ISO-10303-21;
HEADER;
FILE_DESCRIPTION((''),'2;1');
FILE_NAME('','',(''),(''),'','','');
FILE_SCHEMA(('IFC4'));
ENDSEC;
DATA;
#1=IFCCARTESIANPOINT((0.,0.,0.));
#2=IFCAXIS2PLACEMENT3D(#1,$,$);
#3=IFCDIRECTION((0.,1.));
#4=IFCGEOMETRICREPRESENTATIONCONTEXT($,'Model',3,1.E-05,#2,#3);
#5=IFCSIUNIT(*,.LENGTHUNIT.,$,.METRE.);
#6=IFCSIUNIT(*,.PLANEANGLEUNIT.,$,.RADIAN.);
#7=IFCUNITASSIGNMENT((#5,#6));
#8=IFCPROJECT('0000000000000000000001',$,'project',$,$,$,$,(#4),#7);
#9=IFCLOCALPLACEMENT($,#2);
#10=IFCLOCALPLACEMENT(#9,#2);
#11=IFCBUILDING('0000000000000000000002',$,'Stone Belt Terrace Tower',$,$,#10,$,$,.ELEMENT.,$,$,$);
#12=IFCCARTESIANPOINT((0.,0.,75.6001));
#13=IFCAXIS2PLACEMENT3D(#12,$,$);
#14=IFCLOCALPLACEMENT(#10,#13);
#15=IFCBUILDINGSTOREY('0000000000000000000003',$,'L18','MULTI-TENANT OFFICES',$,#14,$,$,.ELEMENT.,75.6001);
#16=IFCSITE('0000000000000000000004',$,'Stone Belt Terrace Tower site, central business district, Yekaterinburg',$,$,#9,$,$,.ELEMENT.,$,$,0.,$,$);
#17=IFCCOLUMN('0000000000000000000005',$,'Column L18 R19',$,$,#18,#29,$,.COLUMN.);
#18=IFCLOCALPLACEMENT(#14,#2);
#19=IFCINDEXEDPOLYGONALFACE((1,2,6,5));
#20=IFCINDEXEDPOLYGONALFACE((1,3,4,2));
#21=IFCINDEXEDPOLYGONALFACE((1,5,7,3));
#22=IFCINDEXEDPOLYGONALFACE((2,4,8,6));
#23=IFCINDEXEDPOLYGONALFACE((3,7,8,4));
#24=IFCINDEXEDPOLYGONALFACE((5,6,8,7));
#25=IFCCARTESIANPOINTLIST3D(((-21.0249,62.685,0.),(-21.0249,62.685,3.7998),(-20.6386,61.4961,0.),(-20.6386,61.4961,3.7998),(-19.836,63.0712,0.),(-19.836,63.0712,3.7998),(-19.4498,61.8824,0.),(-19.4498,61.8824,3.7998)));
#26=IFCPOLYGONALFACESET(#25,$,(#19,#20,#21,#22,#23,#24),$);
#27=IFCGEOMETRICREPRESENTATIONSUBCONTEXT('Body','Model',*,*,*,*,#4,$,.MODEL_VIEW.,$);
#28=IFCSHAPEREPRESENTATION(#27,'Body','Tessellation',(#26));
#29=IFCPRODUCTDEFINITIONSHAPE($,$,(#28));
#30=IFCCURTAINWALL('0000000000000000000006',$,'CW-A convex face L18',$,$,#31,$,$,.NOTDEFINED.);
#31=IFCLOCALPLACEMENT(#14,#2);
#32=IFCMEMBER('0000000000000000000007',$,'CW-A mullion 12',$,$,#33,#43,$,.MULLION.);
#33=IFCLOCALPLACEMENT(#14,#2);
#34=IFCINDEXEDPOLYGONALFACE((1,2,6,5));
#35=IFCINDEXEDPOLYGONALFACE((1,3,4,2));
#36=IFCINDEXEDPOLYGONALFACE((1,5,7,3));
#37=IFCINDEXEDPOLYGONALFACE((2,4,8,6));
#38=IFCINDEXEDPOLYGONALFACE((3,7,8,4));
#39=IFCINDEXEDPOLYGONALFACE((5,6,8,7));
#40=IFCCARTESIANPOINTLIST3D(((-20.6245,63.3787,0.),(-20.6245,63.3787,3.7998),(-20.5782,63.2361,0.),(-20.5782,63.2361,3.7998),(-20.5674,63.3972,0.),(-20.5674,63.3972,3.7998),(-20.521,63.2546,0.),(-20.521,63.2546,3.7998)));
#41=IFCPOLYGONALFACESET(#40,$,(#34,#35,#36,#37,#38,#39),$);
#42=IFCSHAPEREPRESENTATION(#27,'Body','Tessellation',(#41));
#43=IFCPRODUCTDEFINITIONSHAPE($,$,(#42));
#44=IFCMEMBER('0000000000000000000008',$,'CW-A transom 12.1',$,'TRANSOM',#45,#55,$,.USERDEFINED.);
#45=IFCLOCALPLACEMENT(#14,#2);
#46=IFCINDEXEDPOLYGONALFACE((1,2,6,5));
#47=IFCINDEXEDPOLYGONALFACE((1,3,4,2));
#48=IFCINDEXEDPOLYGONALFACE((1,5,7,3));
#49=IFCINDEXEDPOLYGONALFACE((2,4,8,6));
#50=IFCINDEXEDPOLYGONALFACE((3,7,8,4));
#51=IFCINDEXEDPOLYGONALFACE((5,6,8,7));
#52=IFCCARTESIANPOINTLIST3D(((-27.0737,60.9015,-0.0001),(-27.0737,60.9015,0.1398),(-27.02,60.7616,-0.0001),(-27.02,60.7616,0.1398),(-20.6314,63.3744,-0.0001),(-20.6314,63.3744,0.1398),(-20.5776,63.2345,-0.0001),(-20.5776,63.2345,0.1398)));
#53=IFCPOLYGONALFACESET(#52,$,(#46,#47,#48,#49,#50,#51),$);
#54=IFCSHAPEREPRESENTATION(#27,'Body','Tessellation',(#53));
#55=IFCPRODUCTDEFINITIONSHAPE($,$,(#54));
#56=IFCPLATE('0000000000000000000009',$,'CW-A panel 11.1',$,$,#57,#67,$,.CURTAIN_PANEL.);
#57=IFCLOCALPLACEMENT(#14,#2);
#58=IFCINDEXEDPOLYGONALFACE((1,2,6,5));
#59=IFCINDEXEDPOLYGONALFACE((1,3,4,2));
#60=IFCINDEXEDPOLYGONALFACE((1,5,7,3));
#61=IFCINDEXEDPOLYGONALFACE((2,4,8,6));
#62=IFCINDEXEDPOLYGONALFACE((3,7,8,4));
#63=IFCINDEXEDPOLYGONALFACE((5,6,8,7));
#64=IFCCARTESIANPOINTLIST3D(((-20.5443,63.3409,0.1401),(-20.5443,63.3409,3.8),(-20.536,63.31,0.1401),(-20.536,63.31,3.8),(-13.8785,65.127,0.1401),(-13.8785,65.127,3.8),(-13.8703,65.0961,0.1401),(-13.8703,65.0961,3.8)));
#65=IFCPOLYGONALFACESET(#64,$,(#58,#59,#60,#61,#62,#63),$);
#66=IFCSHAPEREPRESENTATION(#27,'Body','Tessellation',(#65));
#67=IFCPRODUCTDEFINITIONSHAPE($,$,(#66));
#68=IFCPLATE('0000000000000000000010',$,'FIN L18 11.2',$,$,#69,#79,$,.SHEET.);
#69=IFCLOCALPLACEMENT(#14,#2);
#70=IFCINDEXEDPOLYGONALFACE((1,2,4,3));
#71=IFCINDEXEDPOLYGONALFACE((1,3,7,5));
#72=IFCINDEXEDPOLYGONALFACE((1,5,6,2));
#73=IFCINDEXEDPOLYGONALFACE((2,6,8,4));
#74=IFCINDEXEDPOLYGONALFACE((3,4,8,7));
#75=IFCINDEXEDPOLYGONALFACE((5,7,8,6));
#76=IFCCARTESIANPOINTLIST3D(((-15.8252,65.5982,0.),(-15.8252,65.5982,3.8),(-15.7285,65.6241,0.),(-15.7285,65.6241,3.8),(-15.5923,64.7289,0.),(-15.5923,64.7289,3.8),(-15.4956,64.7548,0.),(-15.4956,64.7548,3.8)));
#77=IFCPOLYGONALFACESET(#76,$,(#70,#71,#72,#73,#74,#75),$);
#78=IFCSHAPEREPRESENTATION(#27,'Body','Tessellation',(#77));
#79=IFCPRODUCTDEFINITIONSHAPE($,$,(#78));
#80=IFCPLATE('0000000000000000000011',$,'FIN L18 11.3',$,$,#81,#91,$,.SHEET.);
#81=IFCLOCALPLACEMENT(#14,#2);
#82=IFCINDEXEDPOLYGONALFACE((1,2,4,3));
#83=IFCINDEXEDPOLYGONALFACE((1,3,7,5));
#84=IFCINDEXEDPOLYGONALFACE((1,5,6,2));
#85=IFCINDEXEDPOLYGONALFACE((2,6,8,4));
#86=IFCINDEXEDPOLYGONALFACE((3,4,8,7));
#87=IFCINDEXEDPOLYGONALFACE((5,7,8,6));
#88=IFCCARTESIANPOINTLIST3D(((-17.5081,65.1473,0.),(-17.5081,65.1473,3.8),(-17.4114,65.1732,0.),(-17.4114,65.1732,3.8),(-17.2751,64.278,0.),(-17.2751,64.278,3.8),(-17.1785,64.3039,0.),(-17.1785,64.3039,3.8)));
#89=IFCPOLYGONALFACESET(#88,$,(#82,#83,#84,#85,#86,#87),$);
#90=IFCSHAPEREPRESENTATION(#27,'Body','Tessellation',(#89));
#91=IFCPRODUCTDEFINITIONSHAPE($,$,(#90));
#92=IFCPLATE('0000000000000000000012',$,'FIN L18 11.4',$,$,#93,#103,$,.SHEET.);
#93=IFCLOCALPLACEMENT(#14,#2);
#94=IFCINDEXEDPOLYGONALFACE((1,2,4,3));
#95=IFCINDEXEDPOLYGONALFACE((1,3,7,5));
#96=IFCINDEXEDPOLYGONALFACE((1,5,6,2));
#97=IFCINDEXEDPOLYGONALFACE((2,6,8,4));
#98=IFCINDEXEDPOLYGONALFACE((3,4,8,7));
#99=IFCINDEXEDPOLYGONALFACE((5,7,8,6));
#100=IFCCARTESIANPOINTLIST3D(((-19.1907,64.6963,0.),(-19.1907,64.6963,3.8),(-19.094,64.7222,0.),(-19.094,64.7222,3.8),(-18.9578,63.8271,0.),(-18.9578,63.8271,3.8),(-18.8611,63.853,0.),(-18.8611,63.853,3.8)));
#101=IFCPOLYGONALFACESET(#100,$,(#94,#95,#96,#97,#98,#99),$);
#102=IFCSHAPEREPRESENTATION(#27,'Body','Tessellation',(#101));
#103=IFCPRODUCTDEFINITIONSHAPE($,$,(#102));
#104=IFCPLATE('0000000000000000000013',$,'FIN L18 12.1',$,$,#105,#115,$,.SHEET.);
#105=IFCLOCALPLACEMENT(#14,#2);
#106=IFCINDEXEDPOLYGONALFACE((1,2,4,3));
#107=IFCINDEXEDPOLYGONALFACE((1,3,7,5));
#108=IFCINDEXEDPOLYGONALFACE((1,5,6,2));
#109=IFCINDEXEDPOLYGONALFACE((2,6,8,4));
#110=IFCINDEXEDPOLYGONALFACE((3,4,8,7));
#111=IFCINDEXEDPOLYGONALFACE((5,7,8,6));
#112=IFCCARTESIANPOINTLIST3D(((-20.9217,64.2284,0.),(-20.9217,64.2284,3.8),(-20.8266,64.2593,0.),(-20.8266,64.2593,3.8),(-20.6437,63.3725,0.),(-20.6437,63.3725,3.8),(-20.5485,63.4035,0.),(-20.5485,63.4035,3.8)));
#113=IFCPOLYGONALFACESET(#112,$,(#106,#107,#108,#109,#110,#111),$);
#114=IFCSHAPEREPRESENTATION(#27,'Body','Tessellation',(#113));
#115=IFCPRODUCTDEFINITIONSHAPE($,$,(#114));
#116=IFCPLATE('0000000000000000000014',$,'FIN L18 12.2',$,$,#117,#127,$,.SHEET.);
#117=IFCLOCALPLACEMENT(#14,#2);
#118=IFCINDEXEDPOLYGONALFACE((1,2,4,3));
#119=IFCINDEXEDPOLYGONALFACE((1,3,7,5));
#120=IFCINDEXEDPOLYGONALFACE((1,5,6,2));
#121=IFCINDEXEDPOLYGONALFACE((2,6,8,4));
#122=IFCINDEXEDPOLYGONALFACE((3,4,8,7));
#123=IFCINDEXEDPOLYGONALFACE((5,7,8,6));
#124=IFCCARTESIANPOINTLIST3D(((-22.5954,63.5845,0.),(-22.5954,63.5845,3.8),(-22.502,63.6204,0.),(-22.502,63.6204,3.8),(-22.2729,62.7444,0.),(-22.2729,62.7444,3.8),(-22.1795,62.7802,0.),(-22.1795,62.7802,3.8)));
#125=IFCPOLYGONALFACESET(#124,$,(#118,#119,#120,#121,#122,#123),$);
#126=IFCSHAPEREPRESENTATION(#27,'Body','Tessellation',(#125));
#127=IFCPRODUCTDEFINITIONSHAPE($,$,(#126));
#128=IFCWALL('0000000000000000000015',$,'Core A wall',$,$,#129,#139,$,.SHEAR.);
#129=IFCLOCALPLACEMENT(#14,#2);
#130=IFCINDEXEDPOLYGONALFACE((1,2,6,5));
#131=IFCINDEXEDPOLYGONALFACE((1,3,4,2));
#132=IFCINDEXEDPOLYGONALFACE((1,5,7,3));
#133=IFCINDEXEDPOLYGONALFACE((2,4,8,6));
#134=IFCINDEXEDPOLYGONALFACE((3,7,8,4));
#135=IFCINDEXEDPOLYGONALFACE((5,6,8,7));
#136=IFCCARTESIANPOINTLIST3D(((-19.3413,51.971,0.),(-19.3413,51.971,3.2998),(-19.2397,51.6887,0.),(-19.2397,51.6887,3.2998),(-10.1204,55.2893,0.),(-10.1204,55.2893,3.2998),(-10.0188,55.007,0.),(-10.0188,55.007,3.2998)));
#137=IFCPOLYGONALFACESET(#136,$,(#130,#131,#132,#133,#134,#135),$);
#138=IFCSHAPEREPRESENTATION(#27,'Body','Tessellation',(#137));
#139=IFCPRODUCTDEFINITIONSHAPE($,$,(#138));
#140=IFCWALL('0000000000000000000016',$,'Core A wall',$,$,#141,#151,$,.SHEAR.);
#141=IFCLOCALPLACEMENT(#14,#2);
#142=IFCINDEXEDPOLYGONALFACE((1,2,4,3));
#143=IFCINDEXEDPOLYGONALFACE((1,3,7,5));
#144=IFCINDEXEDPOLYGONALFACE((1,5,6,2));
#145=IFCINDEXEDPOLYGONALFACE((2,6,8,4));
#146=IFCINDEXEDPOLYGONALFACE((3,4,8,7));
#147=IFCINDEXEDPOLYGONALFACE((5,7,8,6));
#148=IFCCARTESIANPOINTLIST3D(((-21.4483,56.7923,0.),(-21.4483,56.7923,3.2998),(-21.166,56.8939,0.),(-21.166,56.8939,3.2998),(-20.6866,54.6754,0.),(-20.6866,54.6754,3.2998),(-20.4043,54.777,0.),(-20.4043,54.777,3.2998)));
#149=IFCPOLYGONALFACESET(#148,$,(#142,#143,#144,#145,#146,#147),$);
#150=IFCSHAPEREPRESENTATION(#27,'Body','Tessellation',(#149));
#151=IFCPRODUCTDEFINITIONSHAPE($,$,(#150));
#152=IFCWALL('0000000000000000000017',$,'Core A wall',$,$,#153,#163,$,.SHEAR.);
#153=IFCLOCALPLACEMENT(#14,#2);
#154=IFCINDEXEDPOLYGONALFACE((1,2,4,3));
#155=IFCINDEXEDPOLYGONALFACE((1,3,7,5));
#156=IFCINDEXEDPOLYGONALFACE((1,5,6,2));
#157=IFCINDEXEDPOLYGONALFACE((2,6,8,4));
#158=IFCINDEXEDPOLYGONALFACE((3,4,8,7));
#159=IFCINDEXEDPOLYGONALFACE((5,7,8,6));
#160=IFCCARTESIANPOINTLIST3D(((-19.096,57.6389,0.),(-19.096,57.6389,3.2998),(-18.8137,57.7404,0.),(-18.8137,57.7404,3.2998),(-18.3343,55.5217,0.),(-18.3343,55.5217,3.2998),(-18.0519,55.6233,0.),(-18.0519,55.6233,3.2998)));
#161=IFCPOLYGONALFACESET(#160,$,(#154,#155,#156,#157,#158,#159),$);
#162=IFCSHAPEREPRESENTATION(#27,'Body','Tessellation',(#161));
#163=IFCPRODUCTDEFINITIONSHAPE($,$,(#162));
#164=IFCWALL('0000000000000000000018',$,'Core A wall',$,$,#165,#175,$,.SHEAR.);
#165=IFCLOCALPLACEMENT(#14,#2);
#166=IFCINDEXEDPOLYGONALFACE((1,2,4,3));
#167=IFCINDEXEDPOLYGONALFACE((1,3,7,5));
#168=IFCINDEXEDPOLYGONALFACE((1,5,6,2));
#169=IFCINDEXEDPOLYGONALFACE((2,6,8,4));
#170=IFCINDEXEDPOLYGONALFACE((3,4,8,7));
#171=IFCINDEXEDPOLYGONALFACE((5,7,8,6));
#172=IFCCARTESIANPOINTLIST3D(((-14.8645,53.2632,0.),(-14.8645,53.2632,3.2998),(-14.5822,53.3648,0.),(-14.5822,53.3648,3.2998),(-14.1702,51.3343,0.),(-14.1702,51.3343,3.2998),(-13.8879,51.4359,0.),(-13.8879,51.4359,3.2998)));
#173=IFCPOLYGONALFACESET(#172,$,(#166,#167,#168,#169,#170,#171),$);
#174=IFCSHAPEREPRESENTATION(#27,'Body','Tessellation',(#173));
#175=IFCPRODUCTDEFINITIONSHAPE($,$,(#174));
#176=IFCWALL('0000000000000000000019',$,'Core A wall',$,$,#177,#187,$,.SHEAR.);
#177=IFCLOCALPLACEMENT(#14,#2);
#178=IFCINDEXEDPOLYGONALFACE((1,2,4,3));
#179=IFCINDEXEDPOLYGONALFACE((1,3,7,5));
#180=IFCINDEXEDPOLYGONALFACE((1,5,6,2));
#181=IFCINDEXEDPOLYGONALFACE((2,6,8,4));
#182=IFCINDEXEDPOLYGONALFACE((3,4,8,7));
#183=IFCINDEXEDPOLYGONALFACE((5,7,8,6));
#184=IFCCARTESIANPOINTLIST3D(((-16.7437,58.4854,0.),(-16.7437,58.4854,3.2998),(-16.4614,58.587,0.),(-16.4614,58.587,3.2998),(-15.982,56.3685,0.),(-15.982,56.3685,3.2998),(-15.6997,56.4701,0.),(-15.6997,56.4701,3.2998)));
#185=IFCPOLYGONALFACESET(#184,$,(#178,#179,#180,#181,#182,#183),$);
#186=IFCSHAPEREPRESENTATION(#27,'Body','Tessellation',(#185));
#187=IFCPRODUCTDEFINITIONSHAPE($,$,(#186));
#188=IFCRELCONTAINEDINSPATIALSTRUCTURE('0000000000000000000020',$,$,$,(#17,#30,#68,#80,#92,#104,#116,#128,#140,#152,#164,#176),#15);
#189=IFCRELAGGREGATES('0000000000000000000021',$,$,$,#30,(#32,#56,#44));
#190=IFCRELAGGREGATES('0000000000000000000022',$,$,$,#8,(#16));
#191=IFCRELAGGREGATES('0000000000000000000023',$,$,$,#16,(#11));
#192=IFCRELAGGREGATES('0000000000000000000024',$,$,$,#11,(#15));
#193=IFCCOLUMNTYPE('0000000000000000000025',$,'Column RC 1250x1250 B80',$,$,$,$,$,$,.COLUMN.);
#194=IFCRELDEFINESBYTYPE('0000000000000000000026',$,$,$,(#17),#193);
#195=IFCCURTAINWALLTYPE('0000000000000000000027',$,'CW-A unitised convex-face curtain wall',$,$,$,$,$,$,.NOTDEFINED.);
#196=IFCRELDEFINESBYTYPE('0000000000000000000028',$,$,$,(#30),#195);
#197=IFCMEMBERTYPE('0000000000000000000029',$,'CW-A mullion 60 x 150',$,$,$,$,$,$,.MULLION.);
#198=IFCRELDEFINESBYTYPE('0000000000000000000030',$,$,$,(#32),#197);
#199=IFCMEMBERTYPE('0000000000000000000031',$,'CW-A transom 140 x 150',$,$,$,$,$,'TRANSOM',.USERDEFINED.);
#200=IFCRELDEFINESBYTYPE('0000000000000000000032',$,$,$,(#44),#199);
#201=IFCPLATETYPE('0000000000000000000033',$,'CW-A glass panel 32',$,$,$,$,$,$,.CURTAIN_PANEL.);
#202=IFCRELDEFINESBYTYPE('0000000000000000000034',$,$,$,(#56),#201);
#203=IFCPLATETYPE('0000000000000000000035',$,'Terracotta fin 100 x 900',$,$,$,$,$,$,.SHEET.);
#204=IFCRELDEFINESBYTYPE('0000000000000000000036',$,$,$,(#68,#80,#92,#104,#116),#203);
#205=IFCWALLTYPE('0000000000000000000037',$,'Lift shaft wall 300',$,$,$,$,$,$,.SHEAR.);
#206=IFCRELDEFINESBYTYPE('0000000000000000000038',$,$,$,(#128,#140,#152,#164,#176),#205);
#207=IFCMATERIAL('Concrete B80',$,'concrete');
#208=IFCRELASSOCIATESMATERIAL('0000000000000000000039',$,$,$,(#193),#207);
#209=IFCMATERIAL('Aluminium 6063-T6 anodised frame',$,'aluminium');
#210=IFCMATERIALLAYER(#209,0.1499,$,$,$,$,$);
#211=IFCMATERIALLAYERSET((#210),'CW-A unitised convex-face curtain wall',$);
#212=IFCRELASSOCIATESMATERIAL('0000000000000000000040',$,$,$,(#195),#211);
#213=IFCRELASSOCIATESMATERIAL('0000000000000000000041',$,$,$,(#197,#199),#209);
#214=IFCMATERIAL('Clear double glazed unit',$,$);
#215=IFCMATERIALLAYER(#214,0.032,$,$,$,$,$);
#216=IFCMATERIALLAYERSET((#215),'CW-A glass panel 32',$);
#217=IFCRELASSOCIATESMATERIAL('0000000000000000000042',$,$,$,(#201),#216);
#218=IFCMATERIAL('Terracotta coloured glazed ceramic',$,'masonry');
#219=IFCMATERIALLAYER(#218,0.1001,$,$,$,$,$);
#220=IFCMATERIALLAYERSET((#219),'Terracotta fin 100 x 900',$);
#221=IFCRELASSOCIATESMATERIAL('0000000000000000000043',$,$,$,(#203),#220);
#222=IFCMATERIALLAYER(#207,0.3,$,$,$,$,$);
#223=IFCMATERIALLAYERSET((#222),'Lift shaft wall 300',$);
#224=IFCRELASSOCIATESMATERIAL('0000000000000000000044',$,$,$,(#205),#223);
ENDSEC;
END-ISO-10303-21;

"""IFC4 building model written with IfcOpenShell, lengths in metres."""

from ifc_helpers import new_model, si_unit, direction, frame, frame_2d, origin, origin_2d, place, context, subcontext, project, spatial, rectangle, extrude, material, layer, layer_set, material_profile, profile_set, type_object, element, aggregate, save


model = new_model("IFC4")

# Units and contexts
model_context = context("Model", 3, precision=1e-05, world=origin(), true_north=direction((0.0, 1.0)))
body_context = subcontext(model_context, "Body", "Model", "MODEL_VIEW")
ifc_project = project(units=[si_unit("LENGTHUNIT", "METRE"), si_unit("PLANEANGLEUNIT", "RADIAN")], contexts=[model_context])

# Site, building, storey
site_placement = place(None, origin())
site = spatial("IfcSite", under=ifc_project, at=site_placement, Name="Stone Belt Terrace Tower site, central business district, Yekaterinburg", CompositionType="ELEMENT", RefElevation=0.0)
building_placement = place(site_placement, origin())
building = spatial("IfcBuilding", under=site, at=building_placement, Name="Stone Belt Terrace Tower", CompositionType="ELEMENT")
storey_placement = place(building_placement, frame((0.0, 0.0, 75.6001)))
storey = spatial("IfcBuildingStorey", under=building, at=storey_placement, Name="L18", Description="MULTI-TENANT OFFICES", CompositionType="ELEMENT", Elevation=75.6001)

# Column
ifc_material_1 = material(Name="Concrete B80", Category="concrete")
ifc_material_profile_1 = material_profile(ifc_material_1, rectangle(XDim=1.25, YDim=1.25, at=origin_2d()), Name="RC 1250x1250")
ifc_profile_set_1 = profile_set([ifc_material_profile_1], Name="Concrete B80")
column_type = type_object("IfcColumnType", Name="Column RC 1250x1250 B80", PredefinedType="COLUMN", material=ifc_profile_set_1)
column_placement = place(storey_placement, frame((-20.2373, 62.2837, 0.0), z_axis=(0.0, 0.0, 1.0), x_axis=(0.951057, 0.309017, 0.0)))
element("IfcColumn", 1, at=column_placement, inside=storey, type_object=column_type, Name="Column L18 R19", PredefinedType="COLUMN", context=body_context, shape_type="SweptSolid", body=[
    extrude(rectangle(XDim=1.25, YDim=1.25, at=origin_2d()), origin(), (0.0, 0.0, 1.0), 3.7998),
])

# Curtain wall, members, plate
ifc_material_2 = material(Name="Aluminium 6063-T6 anodised frame", Category="aluminium")
ifc_layer_1 = layer(ifc_material_2, 0.1499)
ifc_layer_set_1 = layer_set([ifc_layer_1], Name="CW-A unitised convex-face curtain wall")
curtain_wall_type = type_object("IfcCurtainWallType", Name="CW-A unitised convex-face curtain wall", PredefinedType="NOTDEFINED", material=ifc_layer_set_1)
curtain_wall_placement = place(storey_placement, origin())
curtain_wall = element("IfcCurtainWall", 2, at=curtain_wall_placement, inside=storey, type_object=curtain_wall_type, Name="CW-A convex face L18", PredefinedType="NOTDEFINED")
ifc_material_profile_2 = material_profile(ifc_material_2, rectangle(XDim=0.1499, YDim=0.0601, at=origin_2d()), Name="Aluminium 6063-T6 60x150")
ifc_profile_set_2 = profile_set([ifc_material_profile_2], Name="Aluminium 6063-T6 anodised frame")
member_type_1 = type_object("IfcMemberType", Name="CW-A mullion 60 x 150", PredefinedType="MULLION", material=ifc_profile_set_2)
member_1_placement = place(storey_placement, frame((-20.5728, 63.3167, 0.0), z_axis=(0.0, 0.0, 1.0), x_axis=(0.309017, -0.951057, 0.0)))
member_1 = element("IfcMember", 3, at=member_1_placement, type_object=member_type_1, Name="CW-A mullion 12", PredefinedType="MULLION", context=body_context, shape_type="SweptSolid", body=[
    extrude(rectangle(XDim=0.1499, YDim=0.0601, at=origin_2d()), origin(), (0.0, 0.0, 1.0), 3.7998),
])
ifc_material_profile_3 = material_profile(ifc_material_2, rectangle(XDim=0.1499, YDim=0.1399, at=origin_2d()), Name="Aluminium 6063-T6 150x140")
ifc_profile_set_3 = profile_set([ifc_material_profile_3], Name="Aluminium 6063-T6 anodised frame")
member_type_2 = type_object("IfcMemberType", Name="CW-A transom 140 x 150", ElementType="TRANSOM", PredefinedType="USERDEFINED", material=ifc_profile_set_3)
member_2_placement = place(storey_placement, frame((-20.6045, 63.3044, 0.0698), z_axis=(-0.933585, -0.358355, 0.0), x_axis=(0.358355, -0.933585, 0.0)))
member_2 = element("IfcMember", 4, at=member_2_placement, type_object=member_type_2, Name="CW-A transom 12.1", ObjectType="TRANSOM", PredefinedType="USERDEFINED", context=body_context, shape_type="SweptSolid", body=[
    extrude(rectangle(XDim=0.1499, YDim=0.1399, at=origin_2d()), origin(), (0.0, 0.0, 1.0), 6.9006),
])
ifc_material_3 = material(Name="Clear double glazed unit")
ifc_layer_2 = layer(ifc_material_3, 0.032)
ifc_layer_set_2 = layer_set([ifc_layer_2], Name="CW-A glass panel 32")
plate_type_1 = type_object("IfcPlateType", Name="CW-A glass panel 32", PredefinedType="CURTAIN_PANEL", material=ifc_layer_set_2)
plate_placement = place(storey_placement, frame((-17.2073, 64.2185, 0.1401), z_axis=(0.0, 0.0, 1.0), x_axis=(-0.965926, -0.258819, 0.0)))
plate = element("IfcPlate", 5, at=plate_placement, type_object=plate_type_1, Name="CW-A panel 11.1", PredefinedType="CURTAIN_PANEL", context=body_context, shape_type="SweptSolid", body=[
    extrude(rectangle(XDim=6.9009, YDim=0.032, at=origin_2d()), origin(), (0.0, 0.0, 1.0), 3.6599),
])
aggregate(curtain_wall, [member_1, plate, member_2])

# Plates
ifc_material_4 = material(Name="Terracotta coloured glazed ceramic", Category="masonry")
ifc_layer_3 = layer(ifc_material_4, 0.1001)
ifc_layer_set_3 = layer_set([ifc_layer_3], Name="Terracotta fin 100 x 900")
plate_type_2 = type_object("IfcPlateType", Name="Terracotta fin 100 x 900", PredefinedType="SHEET", material=ifc_layer_set_3)
for number, where, z_axis, x_axis, name in (
    (6, (-15.6604, 65.1765, 0.0), (0.0, 0.0, 1.0), (-0.258819, 0.965926, 0.0), "FIN L18 11.2"),
    (7, (-17.3433, 64.7256, 0.0), (0.0, 0.0, 1.0), (-0.258819, 0.965926, 0.0), "FIN L18 11.3"),
    (8, (-19.0259, 64.2747, 0.0), (0.0, 0.0, 1.0), (-0.258819, 0.965926, 0.0), "FIN L18 11.4"),
    (9, (-20.7351, 63.8159, 0.0), (0.0, 0.0, 1.0), (-0.309017, 0.951057, 0.0), "FIN L18 12.1"),
    (10, (-22.3875, 63.1824, 0.0), (0.0, 0.0, 1.0), (-0.358368, 0.93358, 0.0), "FIN L18 12.2"),
):
    element("IfcPlate", number, at=place(storey_placement, frame(where, z_axis=z_axis, x_axis=x_axis)), inside=storey, type_object=plate_type_2, Name=name, PredefinedType="SHEET", context=body_context, shape_type="SweptSolid", body=[
        extrude(rectangle(XDim=0.8999, YDim=0.1001, at=origin_2d()), origin(), (0.0, 0.0, 1.0), 3.8),
    ])

# Walls
ifc_layer_4 = layer(ifc_material_1, 0.3)
ifc_layer_set_4 = layer_set([ifc_layer_4], Name="Lift shaft wall 300")
wall_type = type_object("IfcWallType", Name="Lift shaft wall 300", PredefinedType="SHEAR", material=ifc_layer_set_4)
wall_1_placement = place(storey_placement, frame((-19.2905, 51.8298, 0.0), z_axis=(0.0, 0.0, 1.0), x_axis=(0.940926, 0.338613, 0.0)))
element("IfcWall", 11, at=wall_1_placement, inside=storey, type_object=wall_type, Name="Core A wall", PredefinedType="SHEAR", context=body_context, shape_type="SweptSolid", body=[
    extrude(rectangle(XDim=9.7998, YDim=0.3, at=frame_2d((4.8999, 0.0))), origin(), (0.0, 0.0, 1.0), 3.2998),
])
wall_2_placement = place(storey_placement, frame((-20.5454, 54.7261, 0.0), z_axis=(0.0, 0.0, 1.0), x_axis=(-0.33857, 0.940941, 0.0)))
element("IfcWall", 12, at=wall_2_placement, inside=storey, type_object=wall_type, Name="Core A wall", PredefinedType="SHEAR", context=body_context, shape_type="SweptSolid", body=[
    extrude(rectangle(XDim=2.2498, YDim=0.3, at=frame_2d((1.125, 0.0))), origin(), (0.0, 0.0, 1.0), 3.2998),
])
wall_3_placement = place(storey_placement, frame((-18.1931, 55.5725, 0.0), z_axis=(0.0, 0.0, 1.0), x_axis=(-0.338535, 0.940954, 0.0)))
element("IfcWall", 13, at=wall_3_placement, inside=storey, type_object=wall_type, Name="Core A wall", PredefinedType="SHEAR", context=body_context, shape_type="SweptSolid", body=[
    extrude(rectangle(XDim=2.25, YDim=0.3, at=frame_2d((1.125, 0.0))), origin(), (0.0, 0.0, 1.0), 3.2998),
])
wall_4_placement = place(storey_placement, frame((-14.0291, 51.3853, 0.0), z_axis=(0.0, 0.0, 1.0), x_axis=(-0.338682, 0.940901, 0.0)))
element("IfcWall", 14, at=wall_4_placement, inside=storey, type_object=wall_type, Name="Core A wall", PredefinedType="SHEAR", context=body_context, shape_type="SweptSolid", body=[
    extrude(rectangle(XDim=2.05, YDim=0.3, at=frame_2d((1.0249, 0.0))), origin(), (0.0, 0.0, 1.0), 3.2998),
])
wall_5_placement = place(storey_placement, frame((-15.8408, 56.4192, 0.0), z_axis=(0.0, 0.0, 1.0), x_axis=(-0.33857, 0.940941, 0.0)))
element("IfcWall", 15, at=wall_5_placement, inside=storey, type_object=wall_type, Name="Core A wall", PredefinedType="SHEAR", context=body_context, shape_type="SweptSolid", body=[
    extrude(rectangle(XDim=2.2498, YDim=0.3, at=frame_2d((1.125, 0.0))), origin(), (0.0, 0.0, 1.0), 3.2998),
])

save(model, "model.ifc")
